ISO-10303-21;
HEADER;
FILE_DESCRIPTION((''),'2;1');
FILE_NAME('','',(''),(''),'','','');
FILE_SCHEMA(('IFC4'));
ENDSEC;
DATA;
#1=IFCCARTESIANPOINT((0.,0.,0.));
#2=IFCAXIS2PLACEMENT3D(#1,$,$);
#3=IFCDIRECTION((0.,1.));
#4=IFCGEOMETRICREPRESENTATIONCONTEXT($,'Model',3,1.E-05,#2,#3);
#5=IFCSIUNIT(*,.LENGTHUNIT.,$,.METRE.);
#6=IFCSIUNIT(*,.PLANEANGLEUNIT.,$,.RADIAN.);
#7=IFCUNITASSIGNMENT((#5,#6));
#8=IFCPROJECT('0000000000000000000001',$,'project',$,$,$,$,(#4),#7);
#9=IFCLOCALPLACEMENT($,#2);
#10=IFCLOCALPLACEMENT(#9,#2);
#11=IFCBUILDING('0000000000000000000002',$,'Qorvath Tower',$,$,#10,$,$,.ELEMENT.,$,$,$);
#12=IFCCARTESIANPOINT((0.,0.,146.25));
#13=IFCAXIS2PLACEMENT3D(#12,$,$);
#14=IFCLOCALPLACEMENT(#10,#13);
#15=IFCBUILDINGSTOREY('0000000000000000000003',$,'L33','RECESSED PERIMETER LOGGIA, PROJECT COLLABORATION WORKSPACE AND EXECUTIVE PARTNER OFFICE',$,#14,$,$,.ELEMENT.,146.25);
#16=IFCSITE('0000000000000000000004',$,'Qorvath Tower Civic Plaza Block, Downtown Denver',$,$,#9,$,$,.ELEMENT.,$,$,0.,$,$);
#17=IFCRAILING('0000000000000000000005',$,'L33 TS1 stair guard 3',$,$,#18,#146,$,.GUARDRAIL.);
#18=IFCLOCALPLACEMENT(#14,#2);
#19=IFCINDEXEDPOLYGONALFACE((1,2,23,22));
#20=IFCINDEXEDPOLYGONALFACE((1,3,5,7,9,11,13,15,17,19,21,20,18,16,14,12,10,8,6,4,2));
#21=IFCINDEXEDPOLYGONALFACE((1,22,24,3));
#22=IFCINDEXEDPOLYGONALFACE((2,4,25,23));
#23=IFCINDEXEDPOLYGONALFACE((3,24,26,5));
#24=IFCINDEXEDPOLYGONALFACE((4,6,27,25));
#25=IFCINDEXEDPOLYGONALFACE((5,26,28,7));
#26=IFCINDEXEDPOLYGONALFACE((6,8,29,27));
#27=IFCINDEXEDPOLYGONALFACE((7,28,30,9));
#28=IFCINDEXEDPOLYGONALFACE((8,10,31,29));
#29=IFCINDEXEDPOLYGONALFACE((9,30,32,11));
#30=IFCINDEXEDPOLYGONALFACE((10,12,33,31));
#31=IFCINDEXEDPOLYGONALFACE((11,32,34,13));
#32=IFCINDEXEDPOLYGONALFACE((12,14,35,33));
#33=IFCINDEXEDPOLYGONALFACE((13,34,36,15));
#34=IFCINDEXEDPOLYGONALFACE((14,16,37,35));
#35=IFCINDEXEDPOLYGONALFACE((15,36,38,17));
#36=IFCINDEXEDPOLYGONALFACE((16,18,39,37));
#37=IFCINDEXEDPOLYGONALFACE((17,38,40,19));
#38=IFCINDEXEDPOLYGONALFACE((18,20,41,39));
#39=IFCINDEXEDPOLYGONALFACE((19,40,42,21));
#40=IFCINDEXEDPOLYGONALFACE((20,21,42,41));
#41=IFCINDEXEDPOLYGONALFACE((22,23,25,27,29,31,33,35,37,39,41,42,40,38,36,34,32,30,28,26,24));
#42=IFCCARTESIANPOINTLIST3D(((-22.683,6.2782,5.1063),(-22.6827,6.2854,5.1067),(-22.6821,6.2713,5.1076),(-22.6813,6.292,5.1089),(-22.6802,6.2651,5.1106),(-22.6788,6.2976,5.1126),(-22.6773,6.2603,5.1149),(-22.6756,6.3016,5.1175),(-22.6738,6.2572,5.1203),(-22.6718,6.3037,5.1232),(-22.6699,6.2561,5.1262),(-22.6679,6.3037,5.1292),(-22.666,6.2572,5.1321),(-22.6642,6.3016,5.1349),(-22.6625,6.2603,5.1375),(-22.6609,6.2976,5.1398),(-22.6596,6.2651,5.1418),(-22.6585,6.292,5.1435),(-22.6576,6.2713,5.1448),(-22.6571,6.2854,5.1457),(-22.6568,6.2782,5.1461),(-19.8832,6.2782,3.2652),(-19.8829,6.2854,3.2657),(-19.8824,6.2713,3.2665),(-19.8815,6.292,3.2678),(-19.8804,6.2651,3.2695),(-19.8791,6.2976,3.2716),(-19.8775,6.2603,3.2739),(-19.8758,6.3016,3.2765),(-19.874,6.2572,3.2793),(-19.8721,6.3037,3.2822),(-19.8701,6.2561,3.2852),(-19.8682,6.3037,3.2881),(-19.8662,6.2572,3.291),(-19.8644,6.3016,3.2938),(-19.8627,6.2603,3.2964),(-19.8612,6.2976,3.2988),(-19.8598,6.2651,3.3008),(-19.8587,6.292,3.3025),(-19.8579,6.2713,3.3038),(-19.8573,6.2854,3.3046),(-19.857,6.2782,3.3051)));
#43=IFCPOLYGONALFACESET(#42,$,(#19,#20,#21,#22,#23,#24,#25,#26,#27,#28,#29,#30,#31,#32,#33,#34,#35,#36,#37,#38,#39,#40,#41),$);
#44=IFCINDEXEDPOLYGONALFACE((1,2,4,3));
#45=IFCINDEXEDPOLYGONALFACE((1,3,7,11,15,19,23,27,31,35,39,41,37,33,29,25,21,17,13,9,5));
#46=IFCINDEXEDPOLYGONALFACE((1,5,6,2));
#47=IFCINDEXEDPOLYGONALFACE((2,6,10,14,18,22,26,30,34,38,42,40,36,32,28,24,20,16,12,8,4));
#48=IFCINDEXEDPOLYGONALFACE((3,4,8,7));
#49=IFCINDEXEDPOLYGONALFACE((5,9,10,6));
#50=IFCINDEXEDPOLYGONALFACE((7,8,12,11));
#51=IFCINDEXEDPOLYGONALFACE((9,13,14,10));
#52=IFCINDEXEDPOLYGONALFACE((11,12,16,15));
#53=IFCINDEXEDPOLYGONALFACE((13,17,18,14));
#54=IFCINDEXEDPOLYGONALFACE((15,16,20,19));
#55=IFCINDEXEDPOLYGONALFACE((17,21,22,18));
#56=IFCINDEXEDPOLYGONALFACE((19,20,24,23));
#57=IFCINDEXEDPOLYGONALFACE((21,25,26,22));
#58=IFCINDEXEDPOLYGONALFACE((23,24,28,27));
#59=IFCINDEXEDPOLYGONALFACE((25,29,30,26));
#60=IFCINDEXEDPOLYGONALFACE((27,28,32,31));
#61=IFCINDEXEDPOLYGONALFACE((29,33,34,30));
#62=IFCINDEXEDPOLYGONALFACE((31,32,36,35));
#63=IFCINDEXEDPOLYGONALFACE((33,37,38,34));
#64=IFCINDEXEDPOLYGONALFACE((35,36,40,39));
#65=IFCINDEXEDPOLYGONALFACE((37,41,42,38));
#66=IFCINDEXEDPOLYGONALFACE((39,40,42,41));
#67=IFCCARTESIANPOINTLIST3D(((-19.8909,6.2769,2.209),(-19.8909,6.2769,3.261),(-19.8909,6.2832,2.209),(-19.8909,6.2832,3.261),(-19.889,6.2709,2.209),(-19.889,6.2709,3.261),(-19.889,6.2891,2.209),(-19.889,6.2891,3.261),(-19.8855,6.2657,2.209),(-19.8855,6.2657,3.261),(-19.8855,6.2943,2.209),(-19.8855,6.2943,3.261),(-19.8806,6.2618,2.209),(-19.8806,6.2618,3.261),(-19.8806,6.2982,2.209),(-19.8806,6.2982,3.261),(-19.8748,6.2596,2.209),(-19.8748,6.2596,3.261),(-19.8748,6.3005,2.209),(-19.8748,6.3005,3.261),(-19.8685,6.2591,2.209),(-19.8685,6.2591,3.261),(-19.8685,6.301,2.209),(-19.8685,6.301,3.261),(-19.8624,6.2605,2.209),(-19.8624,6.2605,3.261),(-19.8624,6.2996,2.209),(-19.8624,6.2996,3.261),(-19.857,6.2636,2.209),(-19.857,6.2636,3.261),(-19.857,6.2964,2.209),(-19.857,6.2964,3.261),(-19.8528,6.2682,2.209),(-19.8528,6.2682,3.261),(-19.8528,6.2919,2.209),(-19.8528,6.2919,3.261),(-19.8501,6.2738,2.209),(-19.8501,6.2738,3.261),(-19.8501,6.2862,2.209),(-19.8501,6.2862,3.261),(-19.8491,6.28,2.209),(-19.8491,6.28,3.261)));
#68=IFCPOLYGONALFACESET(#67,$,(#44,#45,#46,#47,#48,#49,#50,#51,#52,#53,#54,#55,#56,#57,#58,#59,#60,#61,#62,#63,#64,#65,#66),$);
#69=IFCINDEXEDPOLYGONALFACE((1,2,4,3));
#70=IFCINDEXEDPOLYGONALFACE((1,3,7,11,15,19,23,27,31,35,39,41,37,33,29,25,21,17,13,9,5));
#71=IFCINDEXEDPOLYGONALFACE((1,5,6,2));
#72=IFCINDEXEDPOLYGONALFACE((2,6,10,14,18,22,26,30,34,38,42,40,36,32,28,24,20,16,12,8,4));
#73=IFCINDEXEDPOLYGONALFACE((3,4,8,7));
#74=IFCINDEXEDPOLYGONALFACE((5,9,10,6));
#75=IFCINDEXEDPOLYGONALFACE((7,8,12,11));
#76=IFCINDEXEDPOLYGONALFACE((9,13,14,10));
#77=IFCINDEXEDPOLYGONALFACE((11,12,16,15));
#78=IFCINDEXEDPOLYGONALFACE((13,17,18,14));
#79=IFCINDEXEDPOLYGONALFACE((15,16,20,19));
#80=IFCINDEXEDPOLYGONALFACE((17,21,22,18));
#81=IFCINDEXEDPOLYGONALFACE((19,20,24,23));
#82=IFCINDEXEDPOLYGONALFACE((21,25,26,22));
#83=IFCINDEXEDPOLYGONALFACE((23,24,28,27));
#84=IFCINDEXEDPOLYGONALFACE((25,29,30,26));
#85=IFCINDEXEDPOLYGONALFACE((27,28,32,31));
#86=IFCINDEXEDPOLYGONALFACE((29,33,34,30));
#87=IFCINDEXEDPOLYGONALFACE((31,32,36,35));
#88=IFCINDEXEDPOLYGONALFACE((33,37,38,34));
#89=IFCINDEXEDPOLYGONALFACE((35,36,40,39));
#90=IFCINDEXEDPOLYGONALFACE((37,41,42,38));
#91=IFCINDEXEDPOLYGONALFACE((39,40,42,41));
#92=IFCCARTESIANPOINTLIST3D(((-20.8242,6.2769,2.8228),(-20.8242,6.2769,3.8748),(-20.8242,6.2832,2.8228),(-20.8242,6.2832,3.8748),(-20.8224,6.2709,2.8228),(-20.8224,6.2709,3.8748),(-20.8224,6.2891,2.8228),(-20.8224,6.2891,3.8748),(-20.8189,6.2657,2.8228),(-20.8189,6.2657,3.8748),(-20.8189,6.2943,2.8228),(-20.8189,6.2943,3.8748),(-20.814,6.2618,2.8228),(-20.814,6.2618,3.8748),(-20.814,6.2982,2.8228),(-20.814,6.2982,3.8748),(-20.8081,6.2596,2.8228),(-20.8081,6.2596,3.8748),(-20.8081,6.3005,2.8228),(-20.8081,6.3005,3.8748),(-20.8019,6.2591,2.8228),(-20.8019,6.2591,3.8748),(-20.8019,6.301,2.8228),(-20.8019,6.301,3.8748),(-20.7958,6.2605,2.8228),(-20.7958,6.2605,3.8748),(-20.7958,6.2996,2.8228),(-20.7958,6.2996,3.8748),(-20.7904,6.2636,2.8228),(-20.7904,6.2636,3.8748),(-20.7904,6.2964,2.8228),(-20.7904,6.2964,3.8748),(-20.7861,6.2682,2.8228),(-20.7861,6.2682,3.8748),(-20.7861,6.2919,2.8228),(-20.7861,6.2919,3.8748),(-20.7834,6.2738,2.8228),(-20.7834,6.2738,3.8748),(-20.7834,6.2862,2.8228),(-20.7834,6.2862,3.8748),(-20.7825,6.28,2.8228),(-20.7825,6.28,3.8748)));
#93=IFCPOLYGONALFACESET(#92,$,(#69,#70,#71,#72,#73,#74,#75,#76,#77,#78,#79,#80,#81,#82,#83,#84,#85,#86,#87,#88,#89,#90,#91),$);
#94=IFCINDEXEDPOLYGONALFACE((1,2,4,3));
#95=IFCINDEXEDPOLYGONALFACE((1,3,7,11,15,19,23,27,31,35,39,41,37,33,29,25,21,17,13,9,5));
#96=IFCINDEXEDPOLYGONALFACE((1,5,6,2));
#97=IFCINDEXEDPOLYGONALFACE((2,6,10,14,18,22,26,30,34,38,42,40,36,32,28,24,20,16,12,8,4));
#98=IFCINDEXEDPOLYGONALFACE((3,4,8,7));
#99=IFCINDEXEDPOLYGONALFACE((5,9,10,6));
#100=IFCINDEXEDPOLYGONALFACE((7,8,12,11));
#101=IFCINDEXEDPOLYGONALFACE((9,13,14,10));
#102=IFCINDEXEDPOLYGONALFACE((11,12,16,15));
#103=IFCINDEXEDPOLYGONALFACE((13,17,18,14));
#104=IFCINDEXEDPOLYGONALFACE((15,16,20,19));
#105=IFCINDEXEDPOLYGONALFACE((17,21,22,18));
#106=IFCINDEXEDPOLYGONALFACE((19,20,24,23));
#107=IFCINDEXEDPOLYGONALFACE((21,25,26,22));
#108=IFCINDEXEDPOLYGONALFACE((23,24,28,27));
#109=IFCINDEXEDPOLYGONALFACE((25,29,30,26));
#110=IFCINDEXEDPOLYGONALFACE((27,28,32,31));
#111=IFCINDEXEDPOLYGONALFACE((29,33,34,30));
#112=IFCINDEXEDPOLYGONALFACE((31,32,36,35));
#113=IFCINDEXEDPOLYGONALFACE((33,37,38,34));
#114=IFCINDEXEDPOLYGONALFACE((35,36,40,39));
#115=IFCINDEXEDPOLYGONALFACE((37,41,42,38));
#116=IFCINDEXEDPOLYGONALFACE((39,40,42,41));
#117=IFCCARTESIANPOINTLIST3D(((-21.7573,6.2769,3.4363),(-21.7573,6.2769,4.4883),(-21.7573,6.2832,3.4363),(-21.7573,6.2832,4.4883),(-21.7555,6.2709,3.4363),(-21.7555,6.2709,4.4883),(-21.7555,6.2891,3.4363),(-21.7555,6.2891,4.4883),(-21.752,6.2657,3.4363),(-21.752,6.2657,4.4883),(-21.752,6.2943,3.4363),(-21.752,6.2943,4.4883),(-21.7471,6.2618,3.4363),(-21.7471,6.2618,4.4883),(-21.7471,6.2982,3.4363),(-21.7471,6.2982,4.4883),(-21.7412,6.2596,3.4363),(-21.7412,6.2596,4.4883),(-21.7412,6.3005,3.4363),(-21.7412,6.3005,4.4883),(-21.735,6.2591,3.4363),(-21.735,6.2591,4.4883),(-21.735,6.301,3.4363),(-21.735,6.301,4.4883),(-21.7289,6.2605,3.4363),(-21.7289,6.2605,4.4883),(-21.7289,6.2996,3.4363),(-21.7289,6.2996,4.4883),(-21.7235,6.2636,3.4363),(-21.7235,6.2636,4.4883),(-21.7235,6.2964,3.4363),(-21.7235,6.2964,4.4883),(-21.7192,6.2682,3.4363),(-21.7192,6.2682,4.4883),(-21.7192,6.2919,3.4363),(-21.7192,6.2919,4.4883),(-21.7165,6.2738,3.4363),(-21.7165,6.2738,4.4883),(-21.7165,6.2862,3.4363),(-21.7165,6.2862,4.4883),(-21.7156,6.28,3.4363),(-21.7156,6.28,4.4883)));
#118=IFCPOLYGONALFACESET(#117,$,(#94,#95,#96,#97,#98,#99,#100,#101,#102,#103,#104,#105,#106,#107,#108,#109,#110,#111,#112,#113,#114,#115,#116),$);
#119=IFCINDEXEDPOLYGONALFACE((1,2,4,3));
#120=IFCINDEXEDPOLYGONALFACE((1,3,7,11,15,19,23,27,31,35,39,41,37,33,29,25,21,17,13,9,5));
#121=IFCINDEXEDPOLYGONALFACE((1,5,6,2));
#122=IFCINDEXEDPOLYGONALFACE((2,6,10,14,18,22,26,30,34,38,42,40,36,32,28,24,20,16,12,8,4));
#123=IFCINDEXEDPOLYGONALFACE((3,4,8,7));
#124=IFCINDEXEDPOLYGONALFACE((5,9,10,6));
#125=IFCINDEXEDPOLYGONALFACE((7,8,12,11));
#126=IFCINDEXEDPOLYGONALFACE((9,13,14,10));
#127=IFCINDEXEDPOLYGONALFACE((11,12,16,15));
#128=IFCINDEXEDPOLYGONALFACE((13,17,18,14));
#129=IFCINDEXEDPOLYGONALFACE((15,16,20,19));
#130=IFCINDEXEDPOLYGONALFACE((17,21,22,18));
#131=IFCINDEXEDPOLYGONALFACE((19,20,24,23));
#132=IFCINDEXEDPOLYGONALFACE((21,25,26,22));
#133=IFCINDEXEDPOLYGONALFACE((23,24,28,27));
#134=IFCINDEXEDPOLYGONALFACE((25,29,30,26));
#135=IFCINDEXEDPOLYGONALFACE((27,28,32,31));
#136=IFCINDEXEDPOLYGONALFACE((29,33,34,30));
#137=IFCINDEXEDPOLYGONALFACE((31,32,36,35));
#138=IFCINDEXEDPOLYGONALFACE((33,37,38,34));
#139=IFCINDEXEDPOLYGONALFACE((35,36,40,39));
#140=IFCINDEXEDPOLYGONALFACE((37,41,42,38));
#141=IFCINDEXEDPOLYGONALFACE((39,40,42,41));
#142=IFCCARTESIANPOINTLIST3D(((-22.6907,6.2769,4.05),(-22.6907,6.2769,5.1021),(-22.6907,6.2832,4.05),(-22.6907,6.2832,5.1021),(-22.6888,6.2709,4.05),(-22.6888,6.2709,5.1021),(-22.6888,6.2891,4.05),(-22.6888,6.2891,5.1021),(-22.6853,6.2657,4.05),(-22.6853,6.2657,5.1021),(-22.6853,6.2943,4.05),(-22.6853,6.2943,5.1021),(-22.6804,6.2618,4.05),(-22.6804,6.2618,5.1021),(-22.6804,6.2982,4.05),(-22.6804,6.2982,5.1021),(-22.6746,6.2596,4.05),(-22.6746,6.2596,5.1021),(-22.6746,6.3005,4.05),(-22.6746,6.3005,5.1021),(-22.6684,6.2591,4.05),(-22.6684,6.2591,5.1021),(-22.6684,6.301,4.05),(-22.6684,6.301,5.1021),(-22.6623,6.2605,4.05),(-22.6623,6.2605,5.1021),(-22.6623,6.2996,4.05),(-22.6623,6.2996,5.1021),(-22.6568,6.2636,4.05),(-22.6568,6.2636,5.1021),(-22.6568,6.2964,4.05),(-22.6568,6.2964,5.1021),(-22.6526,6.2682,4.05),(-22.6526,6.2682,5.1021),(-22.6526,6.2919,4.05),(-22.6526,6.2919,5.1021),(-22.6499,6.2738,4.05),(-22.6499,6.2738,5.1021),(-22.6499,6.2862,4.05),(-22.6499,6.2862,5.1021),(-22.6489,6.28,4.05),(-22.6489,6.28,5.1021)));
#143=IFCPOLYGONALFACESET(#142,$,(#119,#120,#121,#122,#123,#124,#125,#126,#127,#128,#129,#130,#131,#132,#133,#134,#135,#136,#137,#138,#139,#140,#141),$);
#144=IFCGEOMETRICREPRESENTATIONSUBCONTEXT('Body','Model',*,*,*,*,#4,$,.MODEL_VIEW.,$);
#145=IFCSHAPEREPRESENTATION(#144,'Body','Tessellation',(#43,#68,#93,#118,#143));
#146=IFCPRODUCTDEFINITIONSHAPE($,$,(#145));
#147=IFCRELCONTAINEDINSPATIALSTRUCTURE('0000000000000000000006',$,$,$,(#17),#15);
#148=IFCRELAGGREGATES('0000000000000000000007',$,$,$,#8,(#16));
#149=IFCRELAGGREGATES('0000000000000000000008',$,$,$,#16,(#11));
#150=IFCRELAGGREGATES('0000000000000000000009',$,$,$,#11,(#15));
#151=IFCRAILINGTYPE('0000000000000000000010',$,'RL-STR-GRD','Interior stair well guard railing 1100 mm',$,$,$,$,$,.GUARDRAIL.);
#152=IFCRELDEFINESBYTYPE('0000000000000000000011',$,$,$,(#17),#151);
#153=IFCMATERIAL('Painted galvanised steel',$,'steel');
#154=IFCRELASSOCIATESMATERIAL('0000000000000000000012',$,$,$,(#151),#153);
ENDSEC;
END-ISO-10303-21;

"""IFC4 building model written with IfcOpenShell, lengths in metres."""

from ifc_helpers import new_model, si_unit, direction, frame, origin, origin_2d, place, context, subcontext, project, spatial, circle, extrude, material, type_object, element, save


model = new_model("IFC4")

# Units and contexts
model_context = context("Model", 3, precision=1e-05, world=origin(), true_north=direction((0.0, 1.0)))
body_context = subcontext(model_context, "Body", "Model", "MODEL_VIEW")
ifc_project = project(units=[si_unit("LENGTHUNIT", "METRE"), si_unit("PLANEANGLEUNIT", "RADIAN")], contexts=[model_context])

# Site, building, storey
site_placement = place(None, origin())
site = spatial("IfcSite", under=ifc_project, at=site_placement, Name="Qorvath Tower Civic Plaza Block, Downtown Denver", CompositionType="ELEMENT", RefElevation=0.0)
building_placement = place(site_placement, origin())
building = spatial("IfcBuilding", under=site, at=building_placement, Name="Qorvath Tower", CompositionType="ELEMENT")
storey_placement = place(building_placement, frame((0.0, 0.0, 146.25)))
storey = spatial("IfcBuildingStorey", under=building, at=storey_placement, Name="L33", Description="RECESSED PERIMETER LOGGIA, PROJECT COLLABORATION WORKSPACE AND EXECUTIVE PARTNER OFFICE", CompositionType="ELEMENT", Elevation=146.25)

# Railing
ifc_material_1 = material(Name="Painted galvanised steel", Category="steel")
railing_type_1 = type_object("IfcRailingType", Name="RL-STR-GRD", Description="Interior stair well guard railing 1100 mm", PredefinedType="GUARDRAIL", material=ifc_material_1)
railing_1_placement = place(storey_placement, frame((-19.8701, 6.28, 2.209)))
element("IfcRailing", 1, at=railing_1_placement, inside=storey, type_object=railing_type_1, Name="L33 TS1 stair guard 3", PredefinedType="GUARDRAIL", context=body_context, shape_type="SweptSolid", body=[
    extrude(circle(Radius=0.0239, at=origin_2d()), frame((0.0, 0.0, 1.0762), z_axis=(-0.835542, 0.0, 0.549426), x_axis=(0.0, -1.0, 0.0)), (0.0, 0.0, 1.0), 3.3508),
    extrude(circle(Radius=0.021, at=origin_2d()), origin(), (0.0, 0.0, 1.0), 1.052),
    extrude(circle(Radius=0.021, at=origin_2d()), frame((-0.9333, 0.0, 0.6138)), (0.0, 0.0, 1.0), 1.052),
    extrude(circle(Radius=0.021, at=origin_2d()), frame((-1.8665, 0.0, 1.2273)), (0.0, 0.0, 1.0), 1.052),
    extrude(circle(Radius=0.021, at=origin_2d()), frame((-2.7998, 0.0, 1.8411)), (0.0, 0.0, 1.0), 1.052),
])

save(model, "model.ifc")
